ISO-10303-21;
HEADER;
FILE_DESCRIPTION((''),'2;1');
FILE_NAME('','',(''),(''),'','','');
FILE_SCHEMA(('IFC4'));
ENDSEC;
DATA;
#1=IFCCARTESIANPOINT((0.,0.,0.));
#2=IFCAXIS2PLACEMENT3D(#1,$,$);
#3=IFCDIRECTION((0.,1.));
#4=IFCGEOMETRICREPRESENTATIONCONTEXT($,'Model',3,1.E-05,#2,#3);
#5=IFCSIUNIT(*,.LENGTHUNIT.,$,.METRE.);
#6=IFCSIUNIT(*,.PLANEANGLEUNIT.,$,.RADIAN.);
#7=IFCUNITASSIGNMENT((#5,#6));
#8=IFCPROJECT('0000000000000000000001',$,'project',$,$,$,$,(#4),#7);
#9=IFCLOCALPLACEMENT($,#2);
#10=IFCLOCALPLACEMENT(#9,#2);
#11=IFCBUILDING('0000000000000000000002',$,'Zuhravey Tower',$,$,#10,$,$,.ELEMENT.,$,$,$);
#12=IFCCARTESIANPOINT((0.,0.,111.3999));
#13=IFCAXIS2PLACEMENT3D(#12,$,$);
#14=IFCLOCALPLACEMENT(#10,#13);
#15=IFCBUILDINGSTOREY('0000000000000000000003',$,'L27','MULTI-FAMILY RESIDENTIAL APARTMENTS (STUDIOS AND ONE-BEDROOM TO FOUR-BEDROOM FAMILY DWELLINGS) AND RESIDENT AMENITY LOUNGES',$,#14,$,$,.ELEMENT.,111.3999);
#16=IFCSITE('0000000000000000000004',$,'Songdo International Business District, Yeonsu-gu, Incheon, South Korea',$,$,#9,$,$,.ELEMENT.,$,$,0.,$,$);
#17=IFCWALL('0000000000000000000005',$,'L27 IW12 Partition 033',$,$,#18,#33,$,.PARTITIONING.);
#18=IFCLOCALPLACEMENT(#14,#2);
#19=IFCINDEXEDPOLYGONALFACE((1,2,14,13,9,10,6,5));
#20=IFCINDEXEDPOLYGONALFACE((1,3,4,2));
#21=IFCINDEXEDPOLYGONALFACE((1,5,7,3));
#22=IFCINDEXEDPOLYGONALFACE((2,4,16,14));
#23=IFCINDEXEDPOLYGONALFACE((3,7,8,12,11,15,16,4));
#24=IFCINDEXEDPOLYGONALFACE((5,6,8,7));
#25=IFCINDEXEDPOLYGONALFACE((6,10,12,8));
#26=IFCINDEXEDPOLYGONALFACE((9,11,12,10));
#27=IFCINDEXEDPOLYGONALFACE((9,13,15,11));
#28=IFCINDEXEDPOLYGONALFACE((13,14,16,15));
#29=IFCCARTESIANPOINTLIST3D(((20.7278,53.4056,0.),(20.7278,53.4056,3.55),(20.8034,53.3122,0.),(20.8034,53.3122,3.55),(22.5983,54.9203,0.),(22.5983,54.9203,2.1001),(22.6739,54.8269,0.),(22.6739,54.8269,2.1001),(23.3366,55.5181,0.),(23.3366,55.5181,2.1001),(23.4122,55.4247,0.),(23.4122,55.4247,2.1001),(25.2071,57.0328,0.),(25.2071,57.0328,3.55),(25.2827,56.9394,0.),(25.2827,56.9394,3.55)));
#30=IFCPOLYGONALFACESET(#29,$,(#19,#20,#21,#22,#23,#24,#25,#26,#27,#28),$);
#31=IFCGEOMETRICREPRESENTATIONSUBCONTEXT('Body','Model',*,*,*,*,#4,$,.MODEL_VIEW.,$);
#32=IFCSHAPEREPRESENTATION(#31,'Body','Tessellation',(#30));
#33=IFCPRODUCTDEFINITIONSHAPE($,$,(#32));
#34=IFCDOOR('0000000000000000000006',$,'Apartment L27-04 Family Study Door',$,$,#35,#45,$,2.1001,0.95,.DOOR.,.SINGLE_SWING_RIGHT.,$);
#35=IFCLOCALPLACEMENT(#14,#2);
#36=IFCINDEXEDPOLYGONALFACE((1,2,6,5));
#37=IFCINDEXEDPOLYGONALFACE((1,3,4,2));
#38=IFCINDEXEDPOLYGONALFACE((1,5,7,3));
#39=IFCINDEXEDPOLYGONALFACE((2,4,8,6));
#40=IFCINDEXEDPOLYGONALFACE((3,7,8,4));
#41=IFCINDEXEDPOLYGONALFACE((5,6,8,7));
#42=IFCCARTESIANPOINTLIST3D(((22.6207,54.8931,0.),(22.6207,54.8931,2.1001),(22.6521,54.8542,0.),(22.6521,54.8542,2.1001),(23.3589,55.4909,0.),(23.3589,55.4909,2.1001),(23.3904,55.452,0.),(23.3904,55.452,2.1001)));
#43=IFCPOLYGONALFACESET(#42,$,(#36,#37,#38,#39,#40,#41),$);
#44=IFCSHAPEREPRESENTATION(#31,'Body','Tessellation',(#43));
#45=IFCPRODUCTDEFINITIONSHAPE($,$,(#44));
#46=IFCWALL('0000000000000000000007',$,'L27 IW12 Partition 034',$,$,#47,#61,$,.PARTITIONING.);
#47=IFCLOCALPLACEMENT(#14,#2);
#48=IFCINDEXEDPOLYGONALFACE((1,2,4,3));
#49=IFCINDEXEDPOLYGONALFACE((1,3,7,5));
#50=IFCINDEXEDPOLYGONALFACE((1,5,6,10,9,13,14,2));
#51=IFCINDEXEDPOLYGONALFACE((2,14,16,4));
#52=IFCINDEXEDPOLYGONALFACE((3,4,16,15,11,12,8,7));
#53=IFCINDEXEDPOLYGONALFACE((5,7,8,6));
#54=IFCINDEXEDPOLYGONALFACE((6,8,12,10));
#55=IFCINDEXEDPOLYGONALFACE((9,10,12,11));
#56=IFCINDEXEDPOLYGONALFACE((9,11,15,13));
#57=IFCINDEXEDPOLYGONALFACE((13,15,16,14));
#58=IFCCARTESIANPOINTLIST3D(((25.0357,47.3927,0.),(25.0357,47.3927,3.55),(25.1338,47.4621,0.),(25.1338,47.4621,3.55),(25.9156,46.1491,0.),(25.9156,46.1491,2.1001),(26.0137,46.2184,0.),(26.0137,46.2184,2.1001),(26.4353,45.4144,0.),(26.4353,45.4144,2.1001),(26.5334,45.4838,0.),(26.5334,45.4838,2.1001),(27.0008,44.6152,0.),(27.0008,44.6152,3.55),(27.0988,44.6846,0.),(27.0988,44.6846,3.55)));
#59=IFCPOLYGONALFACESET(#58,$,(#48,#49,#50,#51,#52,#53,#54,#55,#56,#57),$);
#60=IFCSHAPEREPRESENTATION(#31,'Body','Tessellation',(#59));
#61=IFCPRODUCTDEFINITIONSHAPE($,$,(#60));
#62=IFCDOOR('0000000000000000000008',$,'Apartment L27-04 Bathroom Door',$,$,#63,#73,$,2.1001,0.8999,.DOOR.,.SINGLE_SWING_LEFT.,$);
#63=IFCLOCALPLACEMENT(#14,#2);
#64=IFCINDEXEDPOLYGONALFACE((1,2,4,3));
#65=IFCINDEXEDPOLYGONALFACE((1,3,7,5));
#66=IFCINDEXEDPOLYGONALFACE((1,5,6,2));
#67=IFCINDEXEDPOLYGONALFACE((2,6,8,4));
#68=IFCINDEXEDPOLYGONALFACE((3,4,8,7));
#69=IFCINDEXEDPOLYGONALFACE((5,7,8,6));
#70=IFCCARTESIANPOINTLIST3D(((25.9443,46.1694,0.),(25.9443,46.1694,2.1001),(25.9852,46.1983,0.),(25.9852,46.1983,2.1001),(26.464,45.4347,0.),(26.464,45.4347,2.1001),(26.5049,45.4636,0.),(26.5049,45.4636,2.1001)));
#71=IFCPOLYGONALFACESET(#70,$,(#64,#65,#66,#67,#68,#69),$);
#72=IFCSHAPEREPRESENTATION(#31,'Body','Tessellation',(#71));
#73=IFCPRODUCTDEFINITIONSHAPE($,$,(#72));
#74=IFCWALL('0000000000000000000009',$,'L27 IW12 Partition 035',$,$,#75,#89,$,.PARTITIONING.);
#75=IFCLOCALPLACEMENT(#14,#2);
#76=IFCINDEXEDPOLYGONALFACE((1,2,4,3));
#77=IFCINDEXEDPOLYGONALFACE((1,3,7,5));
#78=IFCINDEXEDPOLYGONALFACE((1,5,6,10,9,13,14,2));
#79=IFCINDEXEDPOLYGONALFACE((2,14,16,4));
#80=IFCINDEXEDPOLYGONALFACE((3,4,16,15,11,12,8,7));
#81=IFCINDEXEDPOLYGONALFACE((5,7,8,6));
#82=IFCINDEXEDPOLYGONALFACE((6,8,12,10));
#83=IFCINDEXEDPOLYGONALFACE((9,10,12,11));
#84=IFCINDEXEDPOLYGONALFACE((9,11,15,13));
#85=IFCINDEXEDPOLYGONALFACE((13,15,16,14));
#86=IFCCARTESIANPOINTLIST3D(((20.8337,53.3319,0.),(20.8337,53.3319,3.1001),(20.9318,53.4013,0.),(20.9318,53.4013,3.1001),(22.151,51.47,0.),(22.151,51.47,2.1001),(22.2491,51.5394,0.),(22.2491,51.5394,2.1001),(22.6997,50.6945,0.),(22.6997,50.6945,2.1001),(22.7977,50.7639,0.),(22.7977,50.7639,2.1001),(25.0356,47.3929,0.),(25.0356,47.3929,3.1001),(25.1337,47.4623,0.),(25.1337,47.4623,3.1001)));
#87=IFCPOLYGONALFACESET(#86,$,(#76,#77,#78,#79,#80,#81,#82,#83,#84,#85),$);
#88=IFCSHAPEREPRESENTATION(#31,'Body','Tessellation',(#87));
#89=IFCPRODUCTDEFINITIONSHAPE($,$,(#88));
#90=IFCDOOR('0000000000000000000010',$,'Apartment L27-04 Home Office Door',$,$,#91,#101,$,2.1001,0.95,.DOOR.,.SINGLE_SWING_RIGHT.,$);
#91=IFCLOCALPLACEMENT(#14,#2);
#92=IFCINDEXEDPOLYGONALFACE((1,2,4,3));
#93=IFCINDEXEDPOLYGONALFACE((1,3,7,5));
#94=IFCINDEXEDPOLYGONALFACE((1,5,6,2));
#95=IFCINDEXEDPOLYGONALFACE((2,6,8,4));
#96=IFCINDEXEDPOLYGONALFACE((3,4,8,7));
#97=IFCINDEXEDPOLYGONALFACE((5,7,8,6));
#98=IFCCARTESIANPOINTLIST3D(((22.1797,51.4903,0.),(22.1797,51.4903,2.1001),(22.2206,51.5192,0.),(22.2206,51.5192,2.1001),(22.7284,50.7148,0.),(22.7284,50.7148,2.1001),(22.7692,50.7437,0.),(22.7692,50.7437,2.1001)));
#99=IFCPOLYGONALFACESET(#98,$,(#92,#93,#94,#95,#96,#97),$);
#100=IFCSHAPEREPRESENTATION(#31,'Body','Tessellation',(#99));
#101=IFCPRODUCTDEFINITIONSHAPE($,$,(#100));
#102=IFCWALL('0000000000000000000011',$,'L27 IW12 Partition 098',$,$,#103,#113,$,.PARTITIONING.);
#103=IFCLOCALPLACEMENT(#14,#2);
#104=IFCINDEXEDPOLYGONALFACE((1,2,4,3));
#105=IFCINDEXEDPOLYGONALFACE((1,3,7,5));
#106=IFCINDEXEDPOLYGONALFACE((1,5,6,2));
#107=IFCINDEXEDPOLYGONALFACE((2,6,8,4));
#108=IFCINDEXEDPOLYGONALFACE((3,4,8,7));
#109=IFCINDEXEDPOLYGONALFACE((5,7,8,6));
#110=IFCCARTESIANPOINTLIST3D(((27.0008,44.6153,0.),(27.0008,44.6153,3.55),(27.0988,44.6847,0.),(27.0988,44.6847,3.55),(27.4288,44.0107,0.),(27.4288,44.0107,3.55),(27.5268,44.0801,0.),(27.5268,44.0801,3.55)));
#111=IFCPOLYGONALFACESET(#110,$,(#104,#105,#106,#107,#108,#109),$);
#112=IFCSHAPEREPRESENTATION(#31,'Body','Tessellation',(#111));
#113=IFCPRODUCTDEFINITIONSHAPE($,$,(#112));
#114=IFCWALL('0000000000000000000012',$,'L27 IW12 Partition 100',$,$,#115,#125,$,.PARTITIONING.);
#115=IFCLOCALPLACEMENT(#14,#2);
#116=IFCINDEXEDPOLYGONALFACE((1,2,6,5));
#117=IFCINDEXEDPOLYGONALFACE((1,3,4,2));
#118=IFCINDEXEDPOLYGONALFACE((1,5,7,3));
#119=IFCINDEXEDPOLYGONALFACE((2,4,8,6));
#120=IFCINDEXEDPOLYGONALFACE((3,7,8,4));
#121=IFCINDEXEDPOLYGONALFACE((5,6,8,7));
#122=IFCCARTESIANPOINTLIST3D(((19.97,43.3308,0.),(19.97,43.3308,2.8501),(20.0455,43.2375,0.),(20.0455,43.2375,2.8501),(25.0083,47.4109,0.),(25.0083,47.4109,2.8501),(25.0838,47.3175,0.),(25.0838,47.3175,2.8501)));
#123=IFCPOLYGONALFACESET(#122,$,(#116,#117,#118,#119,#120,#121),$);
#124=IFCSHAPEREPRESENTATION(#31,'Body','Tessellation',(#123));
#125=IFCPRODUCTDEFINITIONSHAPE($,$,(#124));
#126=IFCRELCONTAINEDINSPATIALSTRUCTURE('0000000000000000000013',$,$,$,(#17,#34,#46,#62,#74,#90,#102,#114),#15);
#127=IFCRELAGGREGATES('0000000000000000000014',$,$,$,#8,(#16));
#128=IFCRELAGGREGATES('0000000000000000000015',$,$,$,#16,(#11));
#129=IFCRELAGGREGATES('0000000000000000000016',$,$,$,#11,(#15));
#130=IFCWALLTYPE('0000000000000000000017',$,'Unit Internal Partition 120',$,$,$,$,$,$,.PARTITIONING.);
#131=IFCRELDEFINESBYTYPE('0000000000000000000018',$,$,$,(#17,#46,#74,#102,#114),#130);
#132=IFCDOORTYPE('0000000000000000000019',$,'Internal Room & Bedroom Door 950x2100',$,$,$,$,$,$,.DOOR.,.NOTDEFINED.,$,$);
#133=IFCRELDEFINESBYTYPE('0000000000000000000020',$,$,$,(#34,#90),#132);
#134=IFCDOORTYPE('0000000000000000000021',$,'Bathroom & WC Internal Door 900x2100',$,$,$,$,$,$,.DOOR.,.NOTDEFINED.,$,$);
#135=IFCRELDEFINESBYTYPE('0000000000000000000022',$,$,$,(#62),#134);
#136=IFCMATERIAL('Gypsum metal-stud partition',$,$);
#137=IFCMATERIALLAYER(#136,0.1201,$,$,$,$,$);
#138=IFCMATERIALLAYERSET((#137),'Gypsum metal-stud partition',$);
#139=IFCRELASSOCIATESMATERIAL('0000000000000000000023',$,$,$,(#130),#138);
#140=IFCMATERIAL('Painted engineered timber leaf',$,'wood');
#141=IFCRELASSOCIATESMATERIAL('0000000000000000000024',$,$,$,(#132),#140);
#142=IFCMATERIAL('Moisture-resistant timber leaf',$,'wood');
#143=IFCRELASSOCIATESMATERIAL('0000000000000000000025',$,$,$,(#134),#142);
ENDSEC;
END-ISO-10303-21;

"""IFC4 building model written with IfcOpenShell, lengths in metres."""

from ifc_helpers import new_model, si_unit, direction, frame, frame_2d, origin, place, context, subcontext, project, spatial, rectangle, extrude, material, layer, layer_set, type_object, element, fill, save


model = new_model("IFC4")

# Units and contexts
model_context = context("Model", 3, precision=1e-05, world=origin(), true_north=direction((0.0, 1.0)))
body_context = subcontext(model_context, "Body", "Model", "MODEL_VIEW")
ifc_project = project(units=[si_unit("LENGTHUNIT", "METRE"), si_unit("PLANEANGLEUNIT", "RADIAN")], contexts=[model_context])

# Site, building, storey
site_placement = place(None, origin())
site = spatial("IfcSite", under=ifc_project, at=site_placement, Name="Songdo International Business District, Yeonsu-gu, Incheon, South Korea", CompositionType="ELEMENT", RefElevation=0.0)
building_placement = place(site_placement, origin())
building = spatial("IfcBuilding", under=site, at=building_placement, Name="Zuhravey Tower", CompositionType="ELEMENT")
storey_placement = place(building_placement, frame((0.0, 0.0, 111.3999)))
storey = spatial("IfcBuildingStorey", under=building, at=storey_placement, Name="L27", Description="MULTI-FAMILY RESIDENTIAL APARTMENTS (STUDIOS AND ONE-BEDROOM TO FOUR-BEDROOM FAMILY DWELLINGS) AND RESIDENT AMENITY LOUNGES", CompositionType="ELEMENT", Elevation=111.3999)

# Walls, openings, doors
ifc_material_1 = material(Name="Gypsum metal-stud partition")
ifc_layer_1 = layer(ifc_material_1, 0.1201)
ifc_layer_set_1 = layer_set([ifc_layer_1], Name="Gypsum metal-stud partition")
wall_type_1 = type_object("IfcWallType", Name="Unit Internal Partition 120", PredefinedType="PARTITIONING", material=ifc_layer_set_1)
ifc_material_2 = material(Name="Painted engineered timber leaf", Category="wood")
door_type_1 = type_object("IfcDoorType", Name="Internal Room & Bedroom Door 950x2100", OperationType="NOTDEFINED", PredefinedType="DOOR", material=ifc_material_2)
wall_1_placement = place(storey_placement, frame((25.2449, 56.9861, 0.0), z_axis=(0.0, 0.0, 1.0), x_axis=(-0.777148, -0.629318, 0.0)))
wall_1 = element("IfcWall", 1, at=wall_1_placement, inside=storey, type_object=wall_type_1, Name="L27 IW12 Partition 033", PredefinedType="PARTITIONING", context=body_context, shape_type="SweptSolid", body=[
    extrude(rectangle(XDim=5.7637, YDim=0.1201, at=frame_2d((2.8818, 0.0))), origin(), (0.0, 0.0, 1.0), 3.55),
])
opening_1_placement = place(wall_1_placement, frame((2.4067, 0.0, 0.0)))
opening_1 = element("IfcOpeningElement", 2, at=opening_1_placement, cuts=wall_1, PredefinedType="OPENING", context=body_context, shape_type="SweptSolid", body=[
    extrude(rectangle(XDim=0.95, YDim=2.1001, at=frame_2d((0.4751, 1.05))), frame((0.0, 0.072, 0.0), z_axis=(0.0, -1.0, 0.0), x_axis=(1.0, 0.0, 0.0)), (0.0, 0.0, 1.0), 0.144),
])
door_1_placement = place(opening_1_placement, frame((0.95, 0.0, 0.0), z_axis=(0.0, 0.0, 1.0), x_axis=(-1.0, 0.0, 0.0)))
door_1 = element("IfcDoor", 3, at=door_1_placement, inside=storey, type_object=door_type_1, Name="Apartment L27-04 Family Study Door", OperationType="SINGLE_SWING_RIGHT", OverallHeight=2.1001, OverallWidth=0.95, PredefinedType="DOOR", context=body_context, shape_type="SweptSolid", body=[
    extrude(rectangle(XDim=0.95, YDim=2.1001, at=frame_2d((0.4751, 1.05))), frame((0.0, 0.0249, 0.0), z_axis=(0.0, -1.0, 0.0), x_axis=(1.0, 0.0, 0.0)), (0.0, 0.0, 1.0), 0.05),
])
fill(opening_1, door_1)
wall_2_placement = place(storey_placement, frame((27.0498, 44.6499, 0.0), z_axis=(0.0, 0.0, 1.0), x_axis=(-0.577553, 0.816353, 0.0)))
wall_2 = element("IfcWall", 4, at=wall_2_placement, inside=storey, type_object=wall_type_1, Name="L27 IW12 Partition 034", PredefinedType="PARTITIONING", context=body_context, shape_type="SweptSolid", body=[
    extrude(rectangle(XDim=3.4023, YDim=0.1201, at=frame_2d((1.7012, 0.0))), origin(), (0.0, 0.0, 1.0), 3.55),
])
opening_2_placement = place(wall_2_placement, frame((0.979, 0.0, 0.0)))
opening_2 = element("IfcOpeningElement", 5, at=opening_2_placement, cuts=wall_2, PredefinedType="OPENING", context=body_context, shape_type="SweptSolid", body=[
    extrude(rectangle(XDim=0.8999, YDim=2.1001, at=frame_2d((0.45, 1.05))), frame((0.0, 0.072, 0.0), z_axis=(0.0, -1.0, 0.0), x_axis=(1.0, 0.0, 0.0)), (0.0, 0.0, 1.0), 0.144),
])
ifc_material_3 = material(Name="Moisture-resistant timber leaf", Category="wood")
door_type_2 = type_object("IfcDoorType", Name="Bathroom & WC Internal Door 900x2100", OperationType="NOTDEFINED", PredefinedType="DOOR", material=ifc_material_3)
door_2_placement = place(opening_2_placement, origin())
door_2 = element("IfcDoor", 6, at=door_2_placement, inside=storey, type_object=door_type_2, Name="Apartment L27-04 Bathroom Door", OperationType="SINGLE_SWING_LEFT", OverallHeight=2.1001, OverallWidth=0.8999, PredefinedType="DOOR", context=body_context, shape_type="SweptSolid", body=[
    extrude(rectangle(XDim=0.8999, YDim=2.1001, at=frame_2d((0.45, 1.05))), frame((0.0, 0.0249, 0.0), z_axis=(0.0, -1.0, 0.0), x_axis=(1.0, 0.0, 0.0)), (0.0, 0.0, 1.0), 0.05),
])
fill(opening_2, door_2)
wall_3_placement = place(storey_placement, frame((25.0847, 47.4275, 0.0), z_axis=(0.0, 0.0, 1.0), x_axis=(-0.577572, 0.81634, 0.0)))
wall_3 = element("IfcWall", 7, at=wall_3_placement, inside=storey, type_object=wall_type_1, Name="L27 IW12 Partition 035", PredefinedType="PARTITIONING", context=body_context, shape_type="SweptSolid", body=[
    extrude(rectangle(XDim=7.2751, YDim=0.1201, at=frame_2d((3.6377, 0.0))), origin(), (0.0, 0.0, 1.0), 3.1001),
])
opening_3_placement = place(wall_3_placement, frame((4.0444, 0.0, 0.0)))
opening_3 = element("IfcOpeningElement", 8, at=opening_3_placement, cuts=wall_3, PredefinedType="OPENING", context=body_context, shape_type="SweptSolid", body=[
    extrude(rectangle(XDim=0.95, YDim=2.1001, at=frame_2d((0.4751, 1.05))), frame((0.0, 0.072, 0.0), z_axis=(0.0, -1.0, 0.0), x_axis=(1.0, 0.0, 0.0)), (0.0, 0.0, 1.0), 0.144),
])
door_3_placement = place(opening_3_placement, origin())
door_3 = element("IfcDoor", 9, at=door_3_placement, inside=storey, type_object=door_type_1, Name="Apartment L27-04 Home Office Door", OperationType="SINGLE_SWING_RIGHT", OverallHeight=2.1001, OverallWidth=0.95, PredefinedType="DOOR", context=body_context, shape_type="SweptSolid", body=[
    extrude(rectangle(XDim=0.95, YDim=2.1001, at=frame_2d((0.4751, 1.05))), frame((0.0, 0.0249, 0.0), z_axis=(0.0, -1.0, 0.0), x_axis=(1.0, 0.0, 0.0)), (0.0, 0.0, 1.0), 0.05),
])
fill(opening_3, door_3)

# Walls
wall_4_placement = place(storey_placement, frame((27.4778, 44.0454, 0.0), z_axis=(0.0, 0.0, 1.0), x_axis=(-0.577834, 0.816154, 0.0)))
element("IfcWall", 10, at=wall_4_placement, inside=storey, type_object=wall_type_1, Name="L27 IW12 Partition 098", PredefinedType="PARTITIONING", context=body_context, shape_type="SweptSolid", body=[
    extrude(rectangle(XDim=0.7407, YDim=0.1201, at=frame_2d((0.3704, 0.0))), origin(), (0.0, 0.0, 1.0), 3.55),
])
wall_5_placement = place(storey_placement, frame((25.0461, 47.3643, 0.0), z_axis=(0.0, 0.0, 1.0), x_axis=(-0.777137, -0.629331, 0.0)))
element("IfcWall", 11, at=wall_5_placement, inside=storey, type_object=wall_type_1, Name="L27 IW12 Partition 100", PredefinedType="PARTITIONING", context=body_context, shape_type="SweptSolid", body=[
    extrude(rectangle(XDim=6.4832, YDim=0.1201, at=frame_2d((3.2417, 0.0))), origin(), (0.0, 0.0, 1.0), 2.8501),
])

save(model, "model.ifc")
